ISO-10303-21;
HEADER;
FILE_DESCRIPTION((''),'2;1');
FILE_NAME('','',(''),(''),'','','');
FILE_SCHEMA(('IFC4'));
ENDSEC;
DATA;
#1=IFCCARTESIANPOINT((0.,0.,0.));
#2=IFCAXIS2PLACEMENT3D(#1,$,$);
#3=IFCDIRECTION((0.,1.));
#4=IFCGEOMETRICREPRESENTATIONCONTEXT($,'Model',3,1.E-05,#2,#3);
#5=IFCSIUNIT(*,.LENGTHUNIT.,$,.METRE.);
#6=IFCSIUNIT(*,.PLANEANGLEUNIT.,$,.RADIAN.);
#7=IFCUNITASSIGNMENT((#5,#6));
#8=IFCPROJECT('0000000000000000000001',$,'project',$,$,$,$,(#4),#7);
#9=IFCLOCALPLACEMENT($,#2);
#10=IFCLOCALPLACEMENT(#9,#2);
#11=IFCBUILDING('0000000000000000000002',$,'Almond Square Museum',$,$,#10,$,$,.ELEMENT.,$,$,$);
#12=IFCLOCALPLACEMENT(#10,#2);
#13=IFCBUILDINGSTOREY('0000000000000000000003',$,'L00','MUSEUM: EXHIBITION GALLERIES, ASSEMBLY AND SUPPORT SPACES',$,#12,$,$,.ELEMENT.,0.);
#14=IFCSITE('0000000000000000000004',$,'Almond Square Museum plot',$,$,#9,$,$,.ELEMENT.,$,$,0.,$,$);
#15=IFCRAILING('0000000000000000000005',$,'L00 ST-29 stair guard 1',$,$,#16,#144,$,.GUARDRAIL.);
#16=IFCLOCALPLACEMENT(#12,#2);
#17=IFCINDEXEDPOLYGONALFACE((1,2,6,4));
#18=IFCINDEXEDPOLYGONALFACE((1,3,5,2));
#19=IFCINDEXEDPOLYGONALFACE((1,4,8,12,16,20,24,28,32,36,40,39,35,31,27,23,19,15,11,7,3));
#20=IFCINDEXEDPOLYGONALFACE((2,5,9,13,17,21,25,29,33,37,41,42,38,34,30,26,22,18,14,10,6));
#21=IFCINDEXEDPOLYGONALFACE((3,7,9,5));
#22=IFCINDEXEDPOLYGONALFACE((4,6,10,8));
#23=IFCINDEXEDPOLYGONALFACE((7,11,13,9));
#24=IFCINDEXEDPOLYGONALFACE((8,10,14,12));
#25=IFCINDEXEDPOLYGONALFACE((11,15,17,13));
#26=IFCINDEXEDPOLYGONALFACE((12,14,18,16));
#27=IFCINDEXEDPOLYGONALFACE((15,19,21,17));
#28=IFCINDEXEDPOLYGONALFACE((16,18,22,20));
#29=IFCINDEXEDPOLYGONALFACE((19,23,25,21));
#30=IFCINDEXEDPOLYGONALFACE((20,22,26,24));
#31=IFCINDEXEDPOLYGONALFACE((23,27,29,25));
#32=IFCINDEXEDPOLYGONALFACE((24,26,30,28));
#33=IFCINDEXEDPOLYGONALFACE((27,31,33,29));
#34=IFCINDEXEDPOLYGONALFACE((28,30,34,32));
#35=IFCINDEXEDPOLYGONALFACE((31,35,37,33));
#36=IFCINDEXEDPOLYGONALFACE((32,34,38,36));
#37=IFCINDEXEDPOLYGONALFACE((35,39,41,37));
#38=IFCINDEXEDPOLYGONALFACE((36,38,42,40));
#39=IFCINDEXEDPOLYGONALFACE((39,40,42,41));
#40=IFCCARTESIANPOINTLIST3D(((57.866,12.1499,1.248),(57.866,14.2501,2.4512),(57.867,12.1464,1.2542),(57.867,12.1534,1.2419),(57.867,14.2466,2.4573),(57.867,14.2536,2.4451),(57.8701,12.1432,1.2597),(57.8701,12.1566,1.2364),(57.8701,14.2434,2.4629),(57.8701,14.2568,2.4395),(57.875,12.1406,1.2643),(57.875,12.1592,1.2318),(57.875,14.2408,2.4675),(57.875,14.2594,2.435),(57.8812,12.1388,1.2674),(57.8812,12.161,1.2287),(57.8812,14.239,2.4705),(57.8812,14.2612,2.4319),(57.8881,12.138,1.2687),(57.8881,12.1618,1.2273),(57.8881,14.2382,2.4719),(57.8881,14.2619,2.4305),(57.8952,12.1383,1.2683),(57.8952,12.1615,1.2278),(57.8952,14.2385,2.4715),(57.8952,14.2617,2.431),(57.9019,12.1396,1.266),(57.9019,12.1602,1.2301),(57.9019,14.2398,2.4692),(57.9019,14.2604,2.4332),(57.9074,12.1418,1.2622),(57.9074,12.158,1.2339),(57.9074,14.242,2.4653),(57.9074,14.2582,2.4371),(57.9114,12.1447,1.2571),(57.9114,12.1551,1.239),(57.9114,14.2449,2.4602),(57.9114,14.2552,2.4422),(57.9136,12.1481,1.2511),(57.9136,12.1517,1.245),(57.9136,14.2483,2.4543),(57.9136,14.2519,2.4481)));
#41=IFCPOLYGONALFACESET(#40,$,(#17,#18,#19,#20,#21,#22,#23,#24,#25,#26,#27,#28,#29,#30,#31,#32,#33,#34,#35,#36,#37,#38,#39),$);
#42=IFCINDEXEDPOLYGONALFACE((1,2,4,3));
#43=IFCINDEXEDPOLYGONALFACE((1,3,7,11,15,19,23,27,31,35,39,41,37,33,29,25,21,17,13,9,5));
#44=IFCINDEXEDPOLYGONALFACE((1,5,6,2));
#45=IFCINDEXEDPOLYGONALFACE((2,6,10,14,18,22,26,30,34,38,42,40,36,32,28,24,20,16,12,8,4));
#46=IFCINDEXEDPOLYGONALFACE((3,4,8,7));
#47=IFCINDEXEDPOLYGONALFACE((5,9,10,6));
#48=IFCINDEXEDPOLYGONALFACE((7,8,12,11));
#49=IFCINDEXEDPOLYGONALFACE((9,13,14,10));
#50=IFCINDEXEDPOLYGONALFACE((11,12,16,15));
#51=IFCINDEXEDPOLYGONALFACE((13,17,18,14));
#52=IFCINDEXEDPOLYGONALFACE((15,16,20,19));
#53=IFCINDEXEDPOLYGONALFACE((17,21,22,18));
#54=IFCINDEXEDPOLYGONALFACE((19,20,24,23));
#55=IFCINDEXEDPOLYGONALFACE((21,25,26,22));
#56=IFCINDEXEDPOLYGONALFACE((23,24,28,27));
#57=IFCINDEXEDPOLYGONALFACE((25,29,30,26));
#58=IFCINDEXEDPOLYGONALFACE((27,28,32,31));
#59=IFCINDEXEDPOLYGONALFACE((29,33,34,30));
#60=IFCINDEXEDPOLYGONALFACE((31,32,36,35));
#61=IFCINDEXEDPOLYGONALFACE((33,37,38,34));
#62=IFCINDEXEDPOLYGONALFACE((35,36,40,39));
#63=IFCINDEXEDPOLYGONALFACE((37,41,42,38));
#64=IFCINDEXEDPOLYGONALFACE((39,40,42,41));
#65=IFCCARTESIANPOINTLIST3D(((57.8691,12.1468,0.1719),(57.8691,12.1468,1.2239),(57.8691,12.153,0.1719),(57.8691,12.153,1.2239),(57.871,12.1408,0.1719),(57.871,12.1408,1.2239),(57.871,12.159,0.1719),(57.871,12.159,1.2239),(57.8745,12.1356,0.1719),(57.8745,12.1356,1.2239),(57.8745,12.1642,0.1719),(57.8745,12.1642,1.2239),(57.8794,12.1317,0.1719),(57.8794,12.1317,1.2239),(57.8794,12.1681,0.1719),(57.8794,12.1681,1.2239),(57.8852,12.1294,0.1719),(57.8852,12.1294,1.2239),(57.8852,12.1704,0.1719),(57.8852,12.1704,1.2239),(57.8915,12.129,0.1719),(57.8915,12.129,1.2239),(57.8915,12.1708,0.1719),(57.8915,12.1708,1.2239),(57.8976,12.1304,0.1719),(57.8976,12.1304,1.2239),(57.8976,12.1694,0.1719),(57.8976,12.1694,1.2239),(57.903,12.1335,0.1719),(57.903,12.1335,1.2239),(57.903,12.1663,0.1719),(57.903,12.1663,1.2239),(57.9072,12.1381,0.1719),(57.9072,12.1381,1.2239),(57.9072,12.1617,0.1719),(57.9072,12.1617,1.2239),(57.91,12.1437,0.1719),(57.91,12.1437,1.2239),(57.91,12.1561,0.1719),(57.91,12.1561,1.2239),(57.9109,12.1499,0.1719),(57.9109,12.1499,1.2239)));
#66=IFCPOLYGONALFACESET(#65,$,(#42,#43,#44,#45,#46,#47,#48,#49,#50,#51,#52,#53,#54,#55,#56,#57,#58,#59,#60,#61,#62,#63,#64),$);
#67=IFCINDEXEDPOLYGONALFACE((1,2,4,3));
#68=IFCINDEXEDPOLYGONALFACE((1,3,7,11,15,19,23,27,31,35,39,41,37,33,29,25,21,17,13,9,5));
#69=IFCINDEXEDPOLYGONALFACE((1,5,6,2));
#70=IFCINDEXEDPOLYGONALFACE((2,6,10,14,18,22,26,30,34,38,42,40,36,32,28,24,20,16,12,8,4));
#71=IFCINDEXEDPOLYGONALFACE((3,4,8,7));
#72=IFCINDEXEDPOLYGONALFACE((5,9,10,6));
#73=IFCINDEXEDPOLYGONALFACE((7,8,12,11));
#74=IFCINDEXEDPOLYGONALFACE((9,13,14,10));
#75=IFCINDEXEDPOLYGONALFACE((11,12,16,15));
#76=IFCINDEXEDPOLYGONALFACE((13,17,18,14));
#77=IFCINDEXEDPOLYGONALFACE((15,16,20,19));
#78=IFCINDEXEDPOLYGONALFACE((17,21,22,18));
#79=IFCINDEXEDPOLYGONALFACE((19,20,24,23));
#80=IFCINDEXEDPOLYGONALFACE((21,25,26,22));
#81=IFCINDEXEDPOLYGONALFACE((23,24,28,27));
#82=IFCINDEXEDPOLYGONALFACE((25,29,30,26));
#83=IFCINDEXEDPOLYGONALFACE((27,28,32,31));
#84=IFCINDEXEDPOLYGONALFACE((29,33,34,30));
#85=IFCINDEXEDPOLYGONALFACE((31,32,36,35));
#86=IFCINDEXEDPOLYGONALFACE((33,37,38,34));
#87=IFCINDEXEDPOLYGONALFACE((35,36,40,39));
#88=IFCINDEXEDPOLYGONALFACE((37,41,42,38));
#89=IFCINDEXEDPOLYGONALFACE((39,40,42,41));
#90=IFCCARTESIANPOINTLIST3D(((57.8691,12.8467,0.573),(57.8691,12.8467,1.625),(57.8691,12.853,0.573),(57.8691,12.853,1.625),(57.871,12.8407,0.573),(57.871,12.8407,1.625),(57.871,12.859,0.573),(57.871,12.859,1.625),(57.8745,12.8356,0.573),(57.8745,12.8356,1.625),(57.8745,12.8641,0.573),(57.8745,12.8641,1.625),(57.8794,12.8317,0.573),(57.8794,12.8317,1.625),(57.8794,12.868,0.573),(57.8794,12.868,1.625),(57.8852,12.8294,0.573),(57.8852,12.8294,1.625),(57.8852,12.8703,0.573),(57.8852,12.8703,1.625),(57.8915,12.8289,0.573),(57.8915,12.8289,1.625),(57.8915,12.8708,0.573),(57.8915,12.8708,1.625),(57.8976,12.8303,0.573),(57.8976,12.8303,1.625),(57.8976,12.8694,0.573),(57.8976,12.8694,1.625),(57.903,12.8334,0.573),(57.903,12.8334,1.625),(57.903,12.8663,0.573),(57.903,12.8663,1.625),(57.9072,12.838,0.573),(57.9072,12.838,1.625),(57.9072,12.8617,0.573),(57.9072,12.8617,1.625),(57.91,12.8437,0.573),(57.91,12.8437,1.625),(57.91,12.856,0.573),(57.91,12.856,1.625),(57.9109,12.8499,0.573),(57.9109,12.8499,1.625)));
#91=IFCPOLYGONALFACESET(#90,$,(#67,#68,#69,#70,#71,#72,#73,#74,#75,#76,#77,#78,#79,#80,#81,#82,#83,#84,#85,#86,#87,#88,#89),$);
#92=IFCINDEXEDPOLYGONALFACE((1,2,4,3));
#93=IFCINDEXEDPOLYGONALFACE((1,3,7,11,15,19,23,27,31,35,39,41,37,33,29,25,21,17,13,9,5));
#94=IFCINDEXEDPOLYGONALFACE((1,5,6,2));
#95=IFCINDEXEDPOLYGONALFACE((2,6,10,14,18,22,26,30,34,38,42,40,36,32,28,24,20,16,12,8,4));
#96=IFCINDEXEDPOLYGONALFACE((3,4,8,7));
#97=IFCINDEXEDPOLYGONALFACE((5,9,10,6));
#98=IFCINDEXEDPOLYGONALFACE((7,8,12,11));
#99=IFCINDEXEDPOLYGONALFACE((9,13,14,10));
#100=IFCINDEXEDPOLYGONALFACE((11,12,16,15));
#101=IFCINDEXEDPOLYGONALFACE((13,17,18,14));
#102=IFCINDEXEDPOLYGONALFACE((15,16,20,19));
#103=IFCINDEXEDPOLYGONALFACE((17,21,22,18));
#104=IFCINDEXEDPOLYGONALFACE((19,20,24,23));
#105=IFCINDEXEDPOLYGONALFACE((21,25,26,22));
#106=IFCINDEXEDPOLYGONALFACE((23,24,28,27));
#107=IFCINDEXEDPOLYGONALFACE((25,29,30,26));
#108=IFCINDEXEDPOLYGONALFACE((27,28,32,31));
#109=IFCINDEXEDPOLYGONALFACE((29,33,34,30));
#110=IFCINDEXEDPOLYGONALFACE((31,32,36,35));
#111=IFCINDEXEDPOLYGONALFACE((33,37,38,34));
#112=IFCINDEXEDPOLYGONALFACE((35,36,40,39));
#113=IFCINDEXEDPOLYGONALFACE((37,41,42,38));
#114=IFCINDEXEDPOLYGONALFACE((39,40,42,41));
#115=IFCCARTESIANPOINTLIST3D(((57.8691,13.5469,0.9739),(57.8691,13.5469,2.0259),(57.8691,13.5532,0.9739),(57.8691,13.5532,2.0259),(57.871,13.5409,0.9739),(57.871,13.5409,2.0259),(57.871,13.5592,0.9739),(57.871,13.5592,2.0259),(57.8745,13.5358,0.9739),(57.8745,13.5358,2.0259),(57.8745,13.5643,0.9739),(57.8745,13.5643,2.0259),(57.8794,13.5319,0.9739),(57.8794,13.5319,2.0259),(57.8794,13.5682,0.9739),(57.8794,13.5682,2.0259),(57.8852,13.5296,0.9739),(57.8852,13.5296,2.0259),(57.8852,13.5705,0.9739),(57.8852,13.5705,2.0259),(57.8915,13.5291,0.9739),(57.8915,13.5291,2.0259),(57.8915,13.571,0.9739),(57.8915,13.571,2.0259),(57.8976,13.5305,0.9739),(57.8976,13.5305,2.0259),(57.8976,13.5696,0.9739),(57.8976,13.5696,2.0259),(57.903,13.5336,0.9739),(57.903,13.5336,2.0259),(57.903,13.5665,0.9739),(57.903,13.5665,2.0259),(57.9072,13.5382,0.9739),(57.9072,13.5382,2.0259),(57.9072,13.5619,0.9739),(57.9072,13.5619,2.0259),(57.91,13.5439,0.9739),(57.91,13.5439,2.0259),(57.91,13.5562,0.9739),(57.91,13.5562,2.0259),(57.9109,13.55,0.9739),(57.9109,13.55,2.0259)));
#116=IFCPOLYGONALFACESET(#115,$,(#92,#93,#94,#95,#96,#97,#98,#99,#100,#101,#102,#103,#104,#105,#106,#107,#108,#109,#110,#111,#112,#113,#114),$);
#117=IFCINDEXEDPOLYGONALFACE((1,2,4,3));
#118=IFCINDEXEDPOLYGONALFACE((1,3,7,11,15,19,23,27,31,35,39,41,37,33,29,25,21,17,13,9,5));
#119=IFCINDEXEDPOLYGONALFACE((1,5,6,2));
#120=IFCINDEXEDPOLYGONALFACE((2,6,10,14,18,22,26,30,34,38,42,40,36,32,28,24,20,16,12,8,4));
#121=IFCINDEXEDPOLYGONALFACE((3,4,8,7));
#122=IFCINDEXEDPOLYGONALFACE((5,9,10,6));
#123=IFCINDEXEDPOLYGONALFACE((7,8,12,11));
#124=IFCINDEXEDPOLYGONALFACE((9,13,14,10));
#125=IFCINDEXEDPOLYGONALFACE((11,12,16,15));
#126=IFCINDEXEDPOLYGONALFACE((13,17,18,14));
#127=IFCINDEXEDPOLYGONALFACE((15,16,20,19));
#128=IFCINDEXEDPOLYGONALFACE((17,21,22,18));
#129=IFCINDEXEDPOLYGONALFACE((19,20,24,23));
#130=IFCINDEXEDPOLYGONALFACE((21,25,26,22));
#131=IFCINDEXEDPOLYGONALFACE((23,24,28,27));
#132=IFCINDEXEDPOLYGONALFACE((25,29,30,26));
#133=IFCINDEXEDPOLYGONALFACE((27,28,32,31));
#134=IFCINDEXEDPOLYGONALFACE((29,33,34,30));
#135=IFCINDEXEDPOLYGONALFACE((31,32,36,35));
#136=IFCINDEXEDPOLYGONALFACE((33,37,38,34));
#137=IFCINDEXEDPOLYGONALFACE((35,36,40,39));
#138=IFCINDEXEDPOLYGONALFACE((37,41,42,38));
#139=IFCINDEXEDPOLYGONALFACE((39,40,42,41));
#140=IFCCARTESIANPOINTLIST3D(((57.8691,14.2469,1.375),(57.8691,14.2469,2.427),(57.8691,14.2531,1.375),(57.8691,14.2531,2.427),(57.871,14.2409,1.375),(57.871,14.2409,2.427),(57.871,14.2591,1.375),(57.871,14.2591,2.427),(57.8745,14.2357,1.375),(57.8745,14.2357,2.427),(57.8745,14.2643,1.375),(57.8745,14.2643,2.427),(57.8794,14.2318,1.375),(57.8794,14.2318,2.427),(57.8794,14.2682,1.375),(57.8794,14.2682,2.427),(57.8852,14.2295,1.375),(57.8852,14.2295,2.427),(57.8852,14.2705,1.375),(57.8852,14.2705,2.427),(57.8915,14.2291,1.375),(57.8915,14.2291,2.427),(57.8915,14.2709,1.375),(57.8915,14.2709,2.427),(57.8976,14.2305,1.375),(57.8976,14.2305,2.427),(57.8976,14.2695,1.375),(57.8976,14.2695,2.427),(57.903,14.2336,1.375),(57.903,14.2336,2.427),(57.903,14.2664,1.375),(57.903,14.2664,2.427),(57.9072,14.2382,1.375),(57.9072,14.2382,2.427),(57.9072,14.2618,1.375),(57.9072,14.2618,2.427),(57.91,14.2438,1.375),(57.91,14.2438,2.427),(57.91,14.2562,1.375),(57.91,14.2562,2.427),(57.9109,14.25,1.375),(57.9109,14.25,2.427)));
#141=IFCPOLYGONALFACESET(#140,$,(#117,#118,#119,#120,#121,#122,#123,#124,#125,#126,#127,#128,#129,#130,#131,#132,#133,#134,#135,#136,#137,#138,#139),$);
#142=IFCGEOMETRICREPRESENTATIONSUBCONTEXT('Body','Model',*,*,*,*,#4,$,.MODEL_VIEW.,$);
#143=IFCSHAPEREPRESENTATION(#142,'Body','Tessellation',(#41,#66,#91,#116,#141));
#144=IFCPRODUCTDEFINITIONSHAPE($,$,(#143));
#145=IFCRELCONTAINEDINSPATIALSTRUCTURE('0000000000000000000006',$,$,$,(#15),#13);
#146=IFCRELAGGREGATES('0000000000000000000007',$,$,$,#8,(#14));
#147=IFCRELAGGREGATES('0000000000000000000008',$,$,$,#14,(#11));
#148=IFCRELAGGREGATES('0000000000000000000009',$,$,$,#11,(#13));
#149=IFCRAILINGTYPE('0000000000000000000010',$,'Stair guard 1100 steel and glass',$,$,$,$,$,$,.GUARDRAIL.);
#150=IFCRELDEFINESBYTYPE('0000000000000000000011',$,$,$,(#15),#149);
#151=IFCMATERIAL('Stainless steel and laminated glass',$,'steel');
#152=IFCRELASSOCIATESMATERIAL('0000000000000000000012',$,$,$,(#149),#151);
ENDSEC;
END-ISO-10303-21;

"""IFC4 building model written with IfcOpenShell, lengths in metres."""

from ifc_helpers import new_model, si_unit, direction, frame, origin, origin_2d, place, context, subcontext, project, spatial, circle, extrude, material, type_object, element, save


model = new_model("IFC4")

# Units and contexts
model_context = context("Model", 3, precision=1e-05, world=origin(), true_north=direction((0.0, 1.0)))
body_context = subcontext(model_context, "Body", "Model", "MODEL_VIEW")
ifc_project = project(units=[si_unit("LENGTHUNIT", "METRE"), si_unit("PLANEANGLEUNIT", "RADIAN")], contexts=[model_context])

# Site, building, storey
site_placement = place(None, origin())
site = spatial("IfcSite", under=ifc_project, at=site_placement, Name="Almond Square Museum plot", CompositionType="ELEMENT", RefElevation=0.0)
building_placement = place(site_placement, origin())
building = spatial("IfcBuilding", under=site, at=building_placement, Name="Almond Square Museum", CompositionType="ELEMENT")
storey_placement = place(building_placement, origin())
storey = spatial("IfcBuildingStorey", under=building, at=storey_placement, Name="L00", Description="MUSEUM: EXHIBITION GALLERIES, ASSEMBLY AND SUPPORT SPACES", CompositionType="ELEMENT", Elevation=0.0)

# Railing
ifc_material_1 = material(Name="Stainless steel and laminated glass", Category="steel")
railing_type_1 = type_object("IfcRailingType", Name="Stair guard 1100 steel and glass", PredefinedType="GUARDRAIL", material=ifc_material_1)
railing_1_placement = place(storey_placement, frame((57.8899, 12.1499, 0.1719)))
element("IfcRailing", 1, at=railing_1_placement, inside=storey, type_object=railing_type_1, Name="L00 ST-29 stair guard 1", PredefinedType="GUARDRAIL", context=body_context, shape_type="SweptSolid", body=[
    extrude(circle(Radius=0.0239, at=origin_2d()), frame((0.0, 0.0, 1.0762), z_axis=(0.0, 0.867696, 0.497095), x_axis=(-1.0, 0.0, 0.0)), (0.0, 0.0, 1.0), 2.4204),
    extrude(circle(Radius=0.021, at=origin_2d()), origin(), (0.0, 0.0, 1.0), 1.052),
    extrude(circle(Radius=0.021, at=origin_2d()), frame((0.0, 0.7, 0.4011)), (0.0, 0.0, 1.0), 1.052),
    extrude(circle(Radius=0.021, at=origin_2d()), frame((0.0, 1.4001, 0.802)), (0.0, 0.0, 1.0), 1.052),
    extrude(circle(Radius=0.021, at=origin_2d()), frame((0.0, 2.1001, 1.2031)), (0.0, 0.0, 1.0), 1.052),
])

save(model, "model.ifc")
